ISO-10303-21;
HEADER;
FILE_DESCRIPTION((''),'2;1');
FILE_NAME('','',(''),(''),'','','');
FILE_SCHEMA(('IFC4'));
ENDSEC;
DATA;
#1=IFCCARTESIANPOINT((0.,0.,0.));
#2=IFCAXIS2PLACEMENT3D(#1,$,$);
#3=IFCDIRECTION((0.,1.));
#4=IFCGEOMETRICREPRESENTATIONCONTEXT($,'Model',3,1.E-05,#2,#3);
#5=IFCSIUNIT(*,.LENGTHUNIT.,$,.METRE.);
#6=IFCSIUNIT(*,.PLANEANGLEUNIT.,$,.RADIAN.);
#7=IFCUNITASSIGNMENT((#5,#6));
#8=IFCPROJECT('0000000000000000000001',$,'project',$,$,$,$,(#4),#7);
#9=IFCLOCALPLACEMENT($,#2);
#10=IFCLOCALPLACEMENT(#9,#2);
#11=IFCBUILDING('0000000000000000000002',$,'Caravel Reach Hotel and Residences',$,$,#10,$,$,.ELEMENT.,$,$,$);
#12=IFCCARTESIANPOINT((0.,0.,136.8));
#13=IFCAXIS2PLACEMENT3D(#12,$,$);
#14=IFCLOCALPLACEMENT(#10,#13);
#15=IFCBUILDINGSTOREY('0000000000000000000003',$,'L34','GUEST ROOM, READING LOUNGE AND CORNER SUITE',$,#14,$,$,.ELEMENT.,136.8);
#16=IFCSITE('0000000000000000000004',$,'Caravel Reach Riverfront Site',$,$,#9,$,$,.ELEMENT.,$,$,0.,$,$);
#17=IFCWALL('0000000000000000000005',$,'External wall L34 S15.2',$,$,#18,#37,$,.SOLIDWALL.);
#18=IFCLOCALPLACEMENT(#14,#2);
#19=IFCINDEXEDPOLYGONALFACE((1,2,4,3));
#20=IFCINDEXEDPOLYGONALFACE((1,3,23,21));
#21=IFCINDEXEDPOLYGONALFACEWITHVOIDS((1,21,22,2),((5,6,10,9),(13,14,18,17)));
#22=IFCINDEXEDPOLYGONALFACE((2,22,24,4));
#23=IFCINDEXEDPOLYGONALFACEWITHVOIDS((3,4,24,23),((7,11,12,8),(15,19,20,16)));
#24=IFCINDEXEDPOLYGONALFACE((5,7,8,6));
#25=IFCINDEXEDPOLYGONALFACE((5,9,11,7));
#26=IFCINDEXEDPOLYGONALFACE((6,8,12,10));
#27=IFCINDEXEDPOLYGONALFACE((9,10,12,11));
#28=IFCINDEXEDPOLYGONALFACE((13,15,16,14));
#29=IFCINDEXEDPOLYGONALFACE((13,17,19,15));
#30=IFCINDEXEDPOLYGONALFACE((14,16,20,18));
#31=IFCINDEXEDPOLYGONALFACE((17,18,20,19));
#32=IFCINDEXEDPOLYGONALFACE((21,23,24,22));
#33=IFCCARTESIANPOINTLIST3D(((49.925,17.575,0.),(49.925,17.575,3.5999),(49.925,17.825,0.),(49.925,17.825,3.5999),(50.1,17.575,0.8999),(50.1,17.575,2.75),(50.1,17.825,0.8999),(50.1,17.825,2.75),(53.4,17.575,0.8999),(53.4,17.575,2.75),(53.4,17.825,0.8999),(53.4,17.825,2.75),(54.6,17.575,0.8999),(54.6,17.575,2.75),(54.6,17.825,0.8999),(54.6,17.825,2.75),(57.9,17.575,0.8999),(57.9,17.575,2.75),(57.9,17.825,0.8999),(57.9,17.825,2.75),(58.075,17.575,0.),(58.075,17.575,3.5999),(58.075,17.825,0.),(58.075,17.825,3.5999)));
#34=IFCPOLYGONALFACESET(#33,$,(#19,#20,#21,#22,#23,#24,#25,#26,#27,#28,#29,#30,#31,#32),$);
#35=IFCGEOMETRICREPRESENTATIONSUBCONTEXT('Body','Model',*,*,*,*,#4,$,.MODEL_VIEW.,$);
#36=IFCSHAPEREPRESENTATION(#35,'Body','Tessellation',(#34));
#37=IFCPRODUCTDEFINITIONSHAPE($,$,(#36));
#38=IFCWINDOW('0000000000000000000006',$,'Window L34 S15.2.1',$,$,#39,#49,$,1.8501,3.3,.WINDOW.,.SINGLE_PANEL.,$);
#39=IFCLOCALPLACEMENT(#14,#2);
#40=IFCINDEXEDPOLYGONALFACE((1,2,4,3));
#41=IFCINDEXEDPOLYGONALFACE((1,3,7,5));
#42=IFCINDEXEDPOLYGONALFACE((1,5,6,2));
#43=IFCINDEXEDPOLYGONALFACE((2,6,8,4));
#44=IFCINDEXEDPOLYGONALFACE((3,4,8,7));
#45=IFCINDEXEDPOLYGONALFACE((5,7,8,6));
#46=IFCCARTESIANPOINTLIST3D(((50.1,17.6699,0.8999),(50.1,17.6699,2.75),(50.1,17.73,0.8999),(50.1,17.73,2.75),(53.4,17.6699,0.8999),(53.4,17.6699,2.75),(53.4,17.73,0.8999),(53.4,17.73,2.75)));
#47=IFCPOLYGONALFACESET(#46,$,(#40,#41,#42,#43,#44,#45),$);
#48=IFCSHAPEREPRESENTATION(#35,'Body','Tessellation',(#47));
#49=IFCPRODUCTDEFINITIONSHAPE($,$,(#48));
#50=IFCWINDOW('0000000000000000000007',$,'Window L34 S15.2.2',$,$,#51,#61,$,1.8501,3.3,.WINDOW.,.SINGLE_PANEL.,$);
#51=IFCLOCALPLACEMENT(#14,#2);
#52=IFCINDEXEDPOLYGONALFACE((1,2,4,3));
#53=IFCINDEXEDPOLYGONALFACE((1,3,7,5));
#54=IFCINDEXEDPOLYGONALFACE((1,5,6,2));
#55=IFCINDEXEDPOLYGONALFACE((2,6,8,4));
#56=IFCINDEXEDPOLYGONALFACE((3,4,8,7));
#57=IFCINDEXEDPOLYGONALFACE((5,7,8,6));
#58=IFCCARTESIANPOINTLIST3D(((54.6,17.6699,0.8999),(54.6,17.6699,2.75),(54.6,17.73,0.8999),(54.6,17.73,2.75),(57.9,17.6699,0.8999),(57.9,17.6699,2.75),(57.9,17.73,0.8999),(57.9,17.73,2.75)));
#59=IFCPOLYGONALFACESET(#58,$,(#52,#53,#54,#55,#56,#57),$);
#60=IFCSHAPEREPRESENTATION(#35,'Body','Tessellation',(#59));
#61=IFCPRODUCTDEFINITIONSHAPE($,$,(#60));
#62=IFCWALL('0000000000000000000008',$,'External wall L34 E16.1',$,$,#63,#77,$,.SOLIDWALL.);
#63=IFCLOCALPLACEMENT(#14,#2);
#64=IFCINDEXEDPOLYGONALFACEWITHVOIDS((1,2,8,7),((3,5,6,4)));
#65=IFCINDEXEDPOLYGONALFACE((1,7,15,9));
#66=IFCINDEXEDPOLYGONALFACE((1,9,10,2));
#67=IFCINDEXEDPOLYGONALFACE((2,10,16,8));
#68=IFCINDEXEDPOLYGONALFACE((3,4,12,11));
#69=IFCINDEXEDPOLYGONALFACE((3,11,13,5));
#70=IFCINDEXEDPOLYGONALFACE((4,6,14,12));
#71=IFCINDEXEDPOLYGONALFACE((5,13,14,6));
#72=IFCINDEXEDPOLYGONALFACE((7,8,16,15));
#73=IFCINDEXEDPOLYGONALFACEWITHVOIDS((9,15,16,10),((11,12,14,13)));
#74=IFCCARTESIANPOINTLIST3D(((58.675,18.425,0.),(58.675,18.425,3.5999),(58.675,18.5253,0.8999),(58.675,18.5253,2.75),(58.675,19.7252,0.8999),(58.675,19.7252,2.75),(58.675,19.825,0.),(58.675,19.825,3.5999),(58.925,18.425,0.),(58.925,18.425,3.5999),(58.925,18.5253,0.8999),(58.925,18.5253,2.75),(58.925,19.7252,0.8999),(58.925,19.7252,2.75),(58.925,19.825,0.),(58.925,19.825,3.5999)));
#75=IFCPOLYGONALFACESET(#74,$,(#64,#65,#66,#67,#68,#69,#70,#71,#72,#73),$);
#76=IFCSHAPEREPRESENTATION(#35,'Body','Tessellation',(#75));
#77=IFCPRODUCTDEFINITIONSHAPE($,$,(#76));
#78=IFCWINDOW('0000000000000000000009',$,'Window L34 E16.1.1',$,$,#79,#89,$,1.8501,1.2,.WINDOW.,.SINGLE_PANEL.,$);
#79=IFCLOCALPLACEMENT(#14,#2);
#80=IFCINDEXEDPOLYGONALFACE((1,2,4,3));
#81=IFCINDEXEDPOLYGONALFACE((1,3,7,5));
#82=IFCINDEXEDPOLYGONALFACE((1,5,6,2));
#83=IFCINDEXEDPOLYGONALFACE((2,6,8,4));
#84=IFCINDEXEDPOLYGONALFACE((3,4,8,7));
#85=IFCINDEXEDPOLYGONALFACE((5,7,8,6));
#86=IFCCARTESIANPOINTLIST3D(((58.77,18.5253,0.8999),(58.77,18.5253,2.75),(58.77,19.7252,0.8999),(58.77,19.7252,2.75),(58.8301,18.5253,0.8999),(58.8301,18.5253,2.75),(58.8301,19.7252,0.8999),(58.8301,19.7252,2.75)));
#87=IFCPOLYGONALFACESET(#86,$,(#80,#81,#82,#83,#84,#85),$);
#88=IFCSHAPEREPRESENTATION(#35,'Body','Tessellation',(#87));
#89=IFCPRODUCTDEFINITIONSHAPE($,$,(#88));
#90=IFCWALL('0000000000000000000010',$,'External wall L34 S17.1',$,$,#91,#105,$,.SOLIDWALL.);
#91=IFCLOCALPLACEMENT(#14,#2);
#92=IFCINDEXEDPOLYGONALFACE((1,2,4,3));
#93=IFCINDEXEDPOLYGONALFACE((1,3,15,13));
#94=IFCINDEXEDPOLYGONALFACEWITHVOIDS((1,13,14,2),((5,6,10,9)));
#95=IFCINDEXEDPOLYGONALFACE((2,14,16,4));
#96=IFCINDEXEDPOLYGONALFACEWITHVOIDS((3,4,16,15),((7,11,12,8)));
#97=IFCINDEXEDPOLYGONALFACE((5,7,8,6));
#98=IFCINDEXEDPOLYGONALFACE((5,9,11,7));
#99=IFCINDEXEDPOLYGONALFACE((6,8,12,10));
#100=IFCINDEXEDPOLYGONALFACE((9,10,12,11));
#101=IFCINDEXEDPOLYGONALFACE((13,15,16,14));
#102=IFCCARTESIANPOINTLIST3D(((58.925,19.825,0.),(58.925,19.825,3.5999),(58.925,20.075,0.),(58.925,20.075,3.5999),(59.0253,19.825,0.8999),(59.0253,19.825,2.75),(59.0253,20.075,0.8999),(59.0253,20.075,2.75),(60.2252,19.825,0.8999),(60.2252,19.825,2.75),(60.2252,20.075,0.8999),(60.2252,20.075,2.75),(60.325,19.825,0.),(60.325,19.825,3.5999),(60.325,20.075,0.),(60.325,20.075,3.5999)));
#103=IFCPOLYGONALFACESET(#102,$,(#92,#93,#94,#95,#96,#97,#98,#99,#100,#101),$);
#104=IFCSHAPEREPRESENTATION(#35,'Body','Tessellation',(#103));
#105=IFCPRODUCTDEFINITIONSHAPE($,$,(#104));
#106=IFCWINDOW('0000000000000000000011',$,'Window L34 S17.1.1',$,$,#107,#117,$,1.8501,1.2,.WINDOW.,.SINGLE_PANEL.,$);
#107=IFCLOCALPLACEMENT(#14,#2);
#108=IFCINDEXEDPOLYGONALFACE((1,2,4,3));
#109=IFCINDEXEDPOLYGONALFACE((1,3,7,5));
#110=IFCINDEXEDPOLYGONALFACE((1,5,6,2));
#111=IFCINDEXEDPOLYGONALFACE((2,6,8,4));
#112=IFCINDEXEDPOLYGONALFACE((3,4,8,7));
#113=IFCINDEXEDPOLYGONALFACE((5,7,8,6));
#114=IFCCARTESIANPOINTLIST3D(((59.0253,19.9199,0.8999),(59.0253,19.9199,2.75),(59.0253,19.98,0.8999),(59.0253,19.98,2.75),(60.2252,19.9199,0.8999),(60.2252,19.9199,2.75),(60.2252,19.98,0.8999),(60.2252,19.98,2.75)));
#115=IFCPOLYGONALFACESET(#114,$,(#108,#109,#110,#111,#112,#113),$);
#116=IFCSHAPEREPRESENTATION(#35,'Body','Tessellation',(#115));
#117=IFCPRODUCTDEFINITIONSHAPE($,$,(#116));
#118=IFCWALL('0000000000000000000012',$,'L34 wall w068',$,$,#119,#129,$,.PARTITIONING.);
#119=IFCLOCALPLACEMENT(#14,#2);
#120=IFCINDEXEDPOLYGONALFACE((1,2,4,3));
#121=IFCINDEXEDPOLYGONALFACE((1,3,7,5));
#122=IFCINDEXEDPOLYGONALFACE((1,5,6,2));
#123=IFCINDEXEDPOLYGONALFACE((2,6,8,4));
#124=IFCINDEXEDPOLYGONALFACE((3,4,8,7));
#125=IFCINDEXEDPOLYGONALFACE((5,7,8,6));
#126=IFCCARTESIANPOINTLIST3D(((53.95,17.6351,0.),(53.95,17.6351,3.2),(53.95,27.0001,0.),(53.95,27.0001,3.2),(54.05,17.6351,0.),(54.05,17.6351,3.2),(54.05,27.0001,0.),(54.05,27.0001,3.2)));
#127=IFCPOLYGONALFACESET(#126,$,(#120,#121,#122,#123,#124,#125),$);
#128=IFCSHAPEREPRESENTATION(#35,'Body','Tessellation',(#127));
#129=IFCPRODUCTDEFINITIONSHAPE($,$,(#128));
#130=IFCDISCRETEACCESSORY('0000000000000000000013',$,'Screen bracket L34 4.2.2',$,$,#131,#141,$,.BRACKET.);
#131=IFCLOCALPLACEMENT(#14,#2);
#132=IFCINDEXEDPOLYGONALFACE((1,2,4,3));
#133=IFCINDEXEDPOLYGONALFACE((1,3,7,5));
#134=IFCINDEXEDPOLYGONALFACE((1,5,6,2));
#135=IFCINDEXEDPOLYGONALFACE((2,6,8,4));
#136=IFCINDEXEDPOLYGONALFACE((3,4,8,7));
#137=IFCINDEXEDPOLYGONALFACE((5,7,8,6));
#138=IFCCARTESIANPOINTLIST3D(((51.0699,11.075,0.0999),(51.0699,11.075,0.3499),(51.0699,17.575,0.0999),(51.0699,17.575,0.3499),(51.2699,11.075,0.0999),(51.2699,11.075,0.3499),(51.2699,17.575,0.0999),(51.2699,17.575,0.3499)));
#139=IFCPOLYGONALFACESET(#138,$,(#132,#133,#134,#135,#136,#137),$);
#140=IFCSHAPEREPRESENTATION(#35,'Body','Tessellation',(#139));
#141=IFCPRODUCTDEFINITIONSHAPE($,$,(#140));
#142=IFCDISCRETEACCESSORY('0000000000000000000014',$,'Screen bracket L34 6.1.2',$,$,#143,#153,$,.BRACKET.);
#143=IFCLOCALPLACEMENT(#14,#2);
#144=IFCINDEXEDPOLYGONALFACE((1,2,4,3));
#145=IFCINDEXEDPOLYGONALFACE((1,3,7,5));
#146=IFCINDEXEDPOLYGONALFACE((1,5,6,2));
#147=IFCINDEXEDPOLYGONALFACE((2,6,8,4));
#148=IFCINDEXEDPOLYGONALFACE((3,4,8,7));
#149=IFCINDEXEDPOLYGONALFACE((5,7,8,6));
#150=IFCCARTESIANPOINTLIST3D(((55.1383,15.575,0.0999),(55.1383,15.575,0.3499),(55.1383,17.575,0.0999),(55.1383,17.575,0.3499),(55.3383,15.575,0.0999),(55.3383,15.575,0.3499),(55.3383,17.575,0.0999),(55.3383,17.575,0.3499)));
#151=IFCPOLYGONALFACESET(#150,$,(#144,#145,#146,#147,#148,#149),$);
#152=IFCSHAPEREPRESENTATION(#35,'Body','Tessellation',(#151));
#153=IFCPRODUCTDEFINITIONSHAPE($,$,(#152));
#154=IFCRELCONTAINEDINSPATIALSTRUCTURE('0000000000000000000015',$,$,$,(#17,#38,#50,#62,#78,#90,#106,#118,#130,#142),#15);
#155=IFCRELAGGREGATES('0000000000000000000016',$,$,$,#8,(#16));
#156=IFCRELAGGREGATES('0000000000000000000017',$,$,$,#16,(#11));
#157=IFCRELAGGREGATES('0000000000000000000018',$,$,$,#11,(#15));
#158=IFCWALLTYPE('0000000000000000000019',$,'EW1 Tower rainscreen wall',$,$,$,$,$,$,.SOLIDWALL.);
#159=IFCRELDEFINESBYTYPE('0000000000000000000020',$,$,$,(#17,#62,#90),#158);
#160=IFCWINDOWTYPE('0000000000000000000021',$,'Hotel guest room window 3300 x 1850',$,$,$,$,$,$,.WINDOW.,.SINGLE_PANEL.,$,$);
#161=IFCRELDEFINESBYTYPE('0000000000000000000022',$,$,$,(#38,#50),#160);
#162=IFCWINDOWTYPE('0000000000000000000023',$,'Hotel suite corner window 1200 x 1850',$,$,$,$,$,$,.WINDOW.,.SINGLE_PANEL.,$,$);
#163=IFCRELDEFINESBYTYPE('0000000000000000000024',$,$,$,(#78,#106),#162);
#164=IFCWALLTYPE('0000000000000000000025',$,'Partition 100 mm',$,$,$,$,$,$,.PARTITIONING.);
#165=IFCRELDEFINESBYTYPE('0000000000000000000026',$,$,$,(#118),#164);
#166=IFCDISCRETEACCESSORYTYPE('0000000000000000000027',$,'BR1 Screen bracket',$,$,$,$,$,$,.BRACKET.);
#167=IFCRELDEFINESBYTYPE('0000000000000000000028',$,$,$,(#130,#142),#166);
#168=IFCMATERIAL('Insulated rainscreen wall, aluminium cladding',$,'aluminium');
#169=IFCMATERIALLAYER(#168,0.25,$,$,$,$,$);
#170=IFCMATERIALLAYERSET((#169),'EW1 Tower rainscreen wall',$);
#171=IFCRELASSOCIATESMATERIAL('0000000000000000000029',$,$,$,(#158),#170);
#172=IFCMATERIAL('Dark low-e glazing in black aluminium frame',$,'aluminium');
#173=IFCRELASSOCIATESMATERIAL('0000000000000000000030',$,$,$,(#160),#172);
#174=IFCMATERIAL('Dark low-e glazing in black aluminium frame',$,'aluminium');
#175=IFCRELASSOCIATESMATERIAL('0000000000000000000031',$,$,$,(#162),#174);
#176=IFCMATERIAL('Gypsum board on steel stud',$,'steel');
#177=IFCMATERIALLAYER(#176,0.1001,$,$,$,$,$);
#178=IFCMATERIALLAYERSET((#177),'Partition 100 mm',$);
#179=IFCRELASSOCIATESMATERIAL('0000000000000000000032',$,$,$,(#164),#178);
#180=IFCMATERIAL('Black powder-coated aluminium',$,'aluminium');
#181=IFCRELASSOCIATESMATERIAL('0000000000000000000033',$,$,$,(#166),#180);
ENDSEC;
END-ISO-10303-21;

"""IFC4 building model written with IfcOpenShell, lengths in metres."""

from ifc_helpers import new_model, si_unit, direction, frame, frame_2d, origin, origin_2d, place, context, subcontext, project, spatial, rectangle, extrude, material, layer, layer_set, type_object, element, fill, save


model = new_model("IFC4")

# Units and contexts
model_context = context("Model", 3, precision=1e-05, world=origin(), true_north=direction((0.0, 1.0)))
body_context = subcontext(model_context, "Body", "Model", "MODEL_VIEW")
ifc_project = project(units=[si_unit("LENGTHUNIT", "METRE"), si_unit("PLANEANGLEUNIT", "RADIAN")], contexts=[model_context])

# Site, building, storey
site_placement = place(None, origin())
site = spatial("IfcSite", under=ifc_project, at=site_placement, Name="Caravel Reach Riverfront Site", CompositionType="ELEMENT", RefElevation=0.0)
building_placement = place(site_placement, origin())
building = spatial("IfcBuilding", under=site, at=building_placement, Name="Caravel Reach Hotel and Residences", CompositionType="ELEMENT")
storey_placement = place(building_placement, frame((0.0, 0.0, 136.8)))
storey = spatial("IfcBuildingStorey", under=building, at=storey_placement, Name="L34", Description="GUEST ROOM, READING LOUNGE AND CORNER SUITE", CompositionType="ELEMENT", Elevation=136.8)

# Wall, openings, windows
ifc_material_1 = material(Name="Insulated rainscreen wall, aluminium cladding", Category="aluminium")
ifc_layer_1 = layer(ifc_material_1, 0.25)
ifc_layer_set_1 = layer_set([ifc_layer_1], Name="EW1 Tower rainscreen wall")
wall_type_1 = type_object("IfcWallType", Name="EW1 Tower rainscreen wall", PredefinedType="SOLIDWALL", material=ifc_layer_set_1)
wall_1_placement = place(storey_placement, frame((49.925, 17.7, 0.0), z_axis=(0.0, 0.0, 1.0), x_axis=(1.0, 0.0, 0.0)))
wall_1 = element("IfcWall", 1, at=wall_1_placement, inside=storey, type_object=wall_type_1, Name="External wall L34 S15.2", PredefinedType="SOLIDWALL", context=body_context, shape_type="SweptSolid", body=[
    extrude(rectangle(XDim=8.1499, YDim=0.25, at=frame_2d((4.075, 0.0))), origin(), (0.0, 0.0, 1.0), 3.5999),
])
opening_1_placement = place(wall_1_placement, frame((0.175, 0.0, 0.8999)))
opening_1 = element("IfcOpeningElement", 2, at=opening_1_placement, cuts=wall_1, PredefinedType="OPENING", context=body_context, shape_type="SweptSolid", body=[
    extrude(rectangle(XDim=3.3, YDim=1.8501, at=frame_2d((1.6499, 0.925))), frame((0.0, 0.135, 0.0), z_axis=(0.0, -1.0, 0.0), x_axis=(1.0, 0.0, 0.0)), (0.0, 0.0, 1.0), 0.27),
])
opening_2_placement = place(wall_1_placement, frame((4.675, 0.0, 0.8999)))
opening_2 = element("IfcOpeningElement", 3, at=opening_2_placement, cuts=wall_1, PredefinedType="OPENING", context=body_context, shape_type="SweptSolid", body=[
    extrude(rectangle(XDim=3.3, YDim=1.8501, at=frame_2d((1.6499, 0.925))), frame((0.0, 0.135, 0.0), z_axis=(0.0, -1.0, 0.0), x_axis=(1.0, 0.0, 0.0)), (0.0, 0.0, 1.0), 0.27),
])
ifc_material_2 = material(Name="Dark low-e glazing in black aluminium frame", Category="aluminium")
window_type_1 = type_object("IfcWindowType", Name="Hotel guest room window 3300 x 1850", PartitioningType="SINGLE_PANEL", PredefinedType="WINDOW", material=ifc_material_2)
window_1_placement = place(opening_1_placement, origin())
window_1 = element("IfcWindow", 4, at=window_1_placement, inside=storey, type_object=window_type_1, Name="Window L34 S15.2.1", OverallHeight=1.8501, OverallWidth=3.3, PartitioningType="SINGLE_PANEL", PredefinedType="WINDOW", context=body_context, shape_type="SweptSolid", body=[
    extrude(rectangle(XDim=3.3, YDim=1.8501, at=frame_2d((1.6499, 0.925))), frame((0.0, 0.03, 0.0), z_axis=(0.0, -1.0, 0.0), x_axis=(1.0, 0.0, 0.0)), (0.0, 0.0, 1.0), 0.0601),
])
fill(opening_1, window_1)
window_2_placement = place(opening_2_placement, origin())
window_2 = element("IfcWindow", 5, at=window_2_placement, inside=storey, type_object=window_type_1, Name="Window L34 S15.2.2", OverallHeight=1.8501, OverallWidth=3.3, PartitioningType="SINGLE_PANEL", PredefinedType="WINDOW", context=body_context, shape_type="SweptSolid", body=[
    extrude(rectangle(XDim=3.3, YDim=1.8501, at=frame_2d((1.6499, 0.925))), frame((0.0, 0.03, 0.0), z_axis=(0.0, -1.0, 0.0), x_axis=(1.0, 0.0, 0.0)), (0.0, 0.0, 1.0), 0.0601),
])
fill(opening_2, window_2)

# Walls, openings, windows
wall_2_placement = place(storey_placement, frame((58.8, 18.425, 0.0), z_axis=(0.0, 0.0, 1.0), x_axis=(0.0, 1.0, 0.0)))
wall_2 = element("IfcWall", 6, at=wall_2_placement, inside=storey, type_object=wall_type_1, Name="External wall L34 E16.1", PredefinedType="SOLIDWALL", context=body_context, shape_type="SweptSolid", body=[
    extrude(rectangle(XDim=1.3999, YDim=0.25, at=frame_2d((0.7, 0.0))), origin(), (0.0, 0.0, 1.0), 3.5999),
])
opening_3_placement = place(wall_2_placement, frame((0.1001, 0.0, 0.8999)))
opening_3 = element("IfcOpeningElement", 7, at=opening_3_placement, cuts=wall_2, PredefinedType="OPENING", context=body_context, shape_type="SweptSolid", body=[
    extrude(rectangle(XDim=1.2, YDim=1.8501, at=frame_2d((0.6001, 0.925))), frame((0.0, 0.135, 0.0), z_axis=(0.0, -1.0, 0.0), x_axis=(1.0, 0.0, 0.0)), (0.0, 0.0, 1.0), 0.27),
])
ifc_material_3 = material(Name="Dark low-e glazing in black aluminium frame", Category="aluminium")
window_type_2 = type_object("IfcWindowType", Name="Hotel suite corner window 1200 x 1850", PartitioningType="SINGLE_PANEL", PredefinedType="WINDOW", material=ifc_material_3)
window_3_placement = place(opening_3_placement, origin())
window_3 = element("IfcWindow", 8, at=window_3_placement, inside=storey, type_object=window_type_2, Name="Window L34 E16.1.1", OverallHeight=1.8501, OverallWidth=1.2, PartitioningType="SINGLE_PANEL", PredefinedType="WINDOW", context=body_context, shape_type="SweptSolid", body=[
    extrude(rectangle(XDim=1.2, YDim=1.8501, at=frame_2d((0.6001, 0.925))), frame((0.0, 0.03, 0.0), z_axis=(0.0, -1.0, 0.0), x_axis=(1.0, 0.0, 0.0)), (0.0, 0.0, 1.0), 0.0601),
])
fill(opening_3, window_3)
wall_3_placement = place(storey_placement, frame((58.925, 19.95, 0.0), z_axis=(0.0, 0.0, 1.0), x_axis=(1.0, 0.0, 0.0)))
wall_3 = element("IfcWall", 9, at=wall_3_placement, inside=storey, type_object=wall_type_1, Name="External wall L34 S17.1", PredefinedType="SOLIDWALL", context=body_context, shape_type="SweptSolid", body=[
    extrude(rectangle(XDim=1.3999, YDim=0.25, at=frame_2d((0.7, 0.0))), origin(), (0.0, 0.0, 1.0), 3.5999),
])
opening_4_placement = place(wall_3_placement, frame((0.1001, 0.0, 0.8999)))
opening_4 = element("IfcOpeningElement", 10, at=opening_4_placement, cuts=wall_3, PredefinedType="OPENING", context=body_context, shape_type="SweptSolid", body=[
    extrude(rectangle(XDim=1.2, YDim=1.8501, at=frame_2d((0.6001, 0.925))), frame((0.0, 0.135, 0.0), z_axis=(0.0, -1.0, 0.0), x_axis=(1.0, 0.0, 0.0)), (0.0, 0.0, 1.0), 0.27),
])
window_4_placement = place(opening_4_placement, origin())
window_4 = element("IfcWindow", 11, at=window_4_placement, inside=storey, type_object=window_type_2, Name="Window L34 S17.1.1", OverallHeight=1.8501, OverallWidth=1.2, PartitioningType="SINGLE_PANEL", PredefinedType="WINDOW", context=body_context, shape_type="SweptSolid", body=[
    extrude(rectangle(XDim=1.2, YDim=1.8501, at=frame_2d((0.6001, 0.925))), frame((0.0, 0.03, 0.0), z_axis=(0.0, -1.0, 0.0), x_axis=(1.0, 0.0, 0.0)), (0.0, 0.0, 1.0), 0.0601),
])
fill(opening_4, window_4)

# Wall
ifc_material_4 = material(Name="Gypsum board on steel stud", Category="steel")
ifc_layer_2 = layer(ifc_material_4, 0.1001)
ifc_layer_set_2 = layer_set([ifc_layer_2], Name="Partition 100 mm")
wall_type_2 = type_object("IfcWallType", Name="Partition 100 mm", PredefinedType="PARTITIONING", material=ifc_layer_set_2)
wall_4_placement = place(storey_placement, frame((54.0, 17.635, 0.0), z_axis=(0.0, 0.0, 1.0), x_axis=(0.0, 1.0, 0.0)))
element("IfcWall", 12, at=wall_4_placement, inside=storey, type_object=wall_type_2, Name="L34 wall w068", PredefinedType="PARTITIONING", context=body_context, shape_type="SweptSolid", body=[
    extrude(rectangle(XDim=9.365, YDim=0.1001, at=frame_2d((4.6826, 0.0))), origin(), (0.0, 0.0, 1.0), 3.2),
])

# Discrete accessories
ifc_material_5 = material(Name="Black powder-coated aluminium", Category="aluminium")
discrete_accessory_type = type_object("IfcDiscreteAccessoryType", Name="BR1 Screen bracket", PredefinedType="BRACKET", material=ifc_material_5)
discrete_accessory_1_placement = place(storey_placement, frame((51.1699, 14.325, 0.0999), z_axis=(0.0, 0.0, 1.0), x_axis=(0.0, -1.0, 0.0)))
element("IfcDiscreteAccessory", 13, at=discrete_accessory_1_placement, inside=storey, type_object=discrete_accessory_type, Name="Screen bracket L34 4.2.2", PredefinedType="BRACKET", context=body_context, shape_type="SweptSolid", body=[
    extrude(rectangle(XDim=6.5, YDim=0.2, at=origin_2d()), origin(), (0.0, 0.0, 1.0), 0.25),
])
discrete_accessory_2_placement = place(storey_placement, frame((55.2383, 16.575, 0.0999), z_axis=(0.0, 0.0, 1.0), x_axis=(0.0, -1.0, 0.0)))
element("IfcDiscreteAccessory", 14, at=discrete_accessory_2_placement, inside=storey, type_object=discrete_accessory_type, Name="Screen bracket L34 6.1.2", PredefinedType="BRACKET", context=body_context, shape_type="SweptSolid", body=[
    extrude(rectangle(XDim=2.0, YDim=0.2, at=origin_2d()), origin(), (0.0, 0.0, 1.0), 0.25),
])

save(model, "model.ifc")
